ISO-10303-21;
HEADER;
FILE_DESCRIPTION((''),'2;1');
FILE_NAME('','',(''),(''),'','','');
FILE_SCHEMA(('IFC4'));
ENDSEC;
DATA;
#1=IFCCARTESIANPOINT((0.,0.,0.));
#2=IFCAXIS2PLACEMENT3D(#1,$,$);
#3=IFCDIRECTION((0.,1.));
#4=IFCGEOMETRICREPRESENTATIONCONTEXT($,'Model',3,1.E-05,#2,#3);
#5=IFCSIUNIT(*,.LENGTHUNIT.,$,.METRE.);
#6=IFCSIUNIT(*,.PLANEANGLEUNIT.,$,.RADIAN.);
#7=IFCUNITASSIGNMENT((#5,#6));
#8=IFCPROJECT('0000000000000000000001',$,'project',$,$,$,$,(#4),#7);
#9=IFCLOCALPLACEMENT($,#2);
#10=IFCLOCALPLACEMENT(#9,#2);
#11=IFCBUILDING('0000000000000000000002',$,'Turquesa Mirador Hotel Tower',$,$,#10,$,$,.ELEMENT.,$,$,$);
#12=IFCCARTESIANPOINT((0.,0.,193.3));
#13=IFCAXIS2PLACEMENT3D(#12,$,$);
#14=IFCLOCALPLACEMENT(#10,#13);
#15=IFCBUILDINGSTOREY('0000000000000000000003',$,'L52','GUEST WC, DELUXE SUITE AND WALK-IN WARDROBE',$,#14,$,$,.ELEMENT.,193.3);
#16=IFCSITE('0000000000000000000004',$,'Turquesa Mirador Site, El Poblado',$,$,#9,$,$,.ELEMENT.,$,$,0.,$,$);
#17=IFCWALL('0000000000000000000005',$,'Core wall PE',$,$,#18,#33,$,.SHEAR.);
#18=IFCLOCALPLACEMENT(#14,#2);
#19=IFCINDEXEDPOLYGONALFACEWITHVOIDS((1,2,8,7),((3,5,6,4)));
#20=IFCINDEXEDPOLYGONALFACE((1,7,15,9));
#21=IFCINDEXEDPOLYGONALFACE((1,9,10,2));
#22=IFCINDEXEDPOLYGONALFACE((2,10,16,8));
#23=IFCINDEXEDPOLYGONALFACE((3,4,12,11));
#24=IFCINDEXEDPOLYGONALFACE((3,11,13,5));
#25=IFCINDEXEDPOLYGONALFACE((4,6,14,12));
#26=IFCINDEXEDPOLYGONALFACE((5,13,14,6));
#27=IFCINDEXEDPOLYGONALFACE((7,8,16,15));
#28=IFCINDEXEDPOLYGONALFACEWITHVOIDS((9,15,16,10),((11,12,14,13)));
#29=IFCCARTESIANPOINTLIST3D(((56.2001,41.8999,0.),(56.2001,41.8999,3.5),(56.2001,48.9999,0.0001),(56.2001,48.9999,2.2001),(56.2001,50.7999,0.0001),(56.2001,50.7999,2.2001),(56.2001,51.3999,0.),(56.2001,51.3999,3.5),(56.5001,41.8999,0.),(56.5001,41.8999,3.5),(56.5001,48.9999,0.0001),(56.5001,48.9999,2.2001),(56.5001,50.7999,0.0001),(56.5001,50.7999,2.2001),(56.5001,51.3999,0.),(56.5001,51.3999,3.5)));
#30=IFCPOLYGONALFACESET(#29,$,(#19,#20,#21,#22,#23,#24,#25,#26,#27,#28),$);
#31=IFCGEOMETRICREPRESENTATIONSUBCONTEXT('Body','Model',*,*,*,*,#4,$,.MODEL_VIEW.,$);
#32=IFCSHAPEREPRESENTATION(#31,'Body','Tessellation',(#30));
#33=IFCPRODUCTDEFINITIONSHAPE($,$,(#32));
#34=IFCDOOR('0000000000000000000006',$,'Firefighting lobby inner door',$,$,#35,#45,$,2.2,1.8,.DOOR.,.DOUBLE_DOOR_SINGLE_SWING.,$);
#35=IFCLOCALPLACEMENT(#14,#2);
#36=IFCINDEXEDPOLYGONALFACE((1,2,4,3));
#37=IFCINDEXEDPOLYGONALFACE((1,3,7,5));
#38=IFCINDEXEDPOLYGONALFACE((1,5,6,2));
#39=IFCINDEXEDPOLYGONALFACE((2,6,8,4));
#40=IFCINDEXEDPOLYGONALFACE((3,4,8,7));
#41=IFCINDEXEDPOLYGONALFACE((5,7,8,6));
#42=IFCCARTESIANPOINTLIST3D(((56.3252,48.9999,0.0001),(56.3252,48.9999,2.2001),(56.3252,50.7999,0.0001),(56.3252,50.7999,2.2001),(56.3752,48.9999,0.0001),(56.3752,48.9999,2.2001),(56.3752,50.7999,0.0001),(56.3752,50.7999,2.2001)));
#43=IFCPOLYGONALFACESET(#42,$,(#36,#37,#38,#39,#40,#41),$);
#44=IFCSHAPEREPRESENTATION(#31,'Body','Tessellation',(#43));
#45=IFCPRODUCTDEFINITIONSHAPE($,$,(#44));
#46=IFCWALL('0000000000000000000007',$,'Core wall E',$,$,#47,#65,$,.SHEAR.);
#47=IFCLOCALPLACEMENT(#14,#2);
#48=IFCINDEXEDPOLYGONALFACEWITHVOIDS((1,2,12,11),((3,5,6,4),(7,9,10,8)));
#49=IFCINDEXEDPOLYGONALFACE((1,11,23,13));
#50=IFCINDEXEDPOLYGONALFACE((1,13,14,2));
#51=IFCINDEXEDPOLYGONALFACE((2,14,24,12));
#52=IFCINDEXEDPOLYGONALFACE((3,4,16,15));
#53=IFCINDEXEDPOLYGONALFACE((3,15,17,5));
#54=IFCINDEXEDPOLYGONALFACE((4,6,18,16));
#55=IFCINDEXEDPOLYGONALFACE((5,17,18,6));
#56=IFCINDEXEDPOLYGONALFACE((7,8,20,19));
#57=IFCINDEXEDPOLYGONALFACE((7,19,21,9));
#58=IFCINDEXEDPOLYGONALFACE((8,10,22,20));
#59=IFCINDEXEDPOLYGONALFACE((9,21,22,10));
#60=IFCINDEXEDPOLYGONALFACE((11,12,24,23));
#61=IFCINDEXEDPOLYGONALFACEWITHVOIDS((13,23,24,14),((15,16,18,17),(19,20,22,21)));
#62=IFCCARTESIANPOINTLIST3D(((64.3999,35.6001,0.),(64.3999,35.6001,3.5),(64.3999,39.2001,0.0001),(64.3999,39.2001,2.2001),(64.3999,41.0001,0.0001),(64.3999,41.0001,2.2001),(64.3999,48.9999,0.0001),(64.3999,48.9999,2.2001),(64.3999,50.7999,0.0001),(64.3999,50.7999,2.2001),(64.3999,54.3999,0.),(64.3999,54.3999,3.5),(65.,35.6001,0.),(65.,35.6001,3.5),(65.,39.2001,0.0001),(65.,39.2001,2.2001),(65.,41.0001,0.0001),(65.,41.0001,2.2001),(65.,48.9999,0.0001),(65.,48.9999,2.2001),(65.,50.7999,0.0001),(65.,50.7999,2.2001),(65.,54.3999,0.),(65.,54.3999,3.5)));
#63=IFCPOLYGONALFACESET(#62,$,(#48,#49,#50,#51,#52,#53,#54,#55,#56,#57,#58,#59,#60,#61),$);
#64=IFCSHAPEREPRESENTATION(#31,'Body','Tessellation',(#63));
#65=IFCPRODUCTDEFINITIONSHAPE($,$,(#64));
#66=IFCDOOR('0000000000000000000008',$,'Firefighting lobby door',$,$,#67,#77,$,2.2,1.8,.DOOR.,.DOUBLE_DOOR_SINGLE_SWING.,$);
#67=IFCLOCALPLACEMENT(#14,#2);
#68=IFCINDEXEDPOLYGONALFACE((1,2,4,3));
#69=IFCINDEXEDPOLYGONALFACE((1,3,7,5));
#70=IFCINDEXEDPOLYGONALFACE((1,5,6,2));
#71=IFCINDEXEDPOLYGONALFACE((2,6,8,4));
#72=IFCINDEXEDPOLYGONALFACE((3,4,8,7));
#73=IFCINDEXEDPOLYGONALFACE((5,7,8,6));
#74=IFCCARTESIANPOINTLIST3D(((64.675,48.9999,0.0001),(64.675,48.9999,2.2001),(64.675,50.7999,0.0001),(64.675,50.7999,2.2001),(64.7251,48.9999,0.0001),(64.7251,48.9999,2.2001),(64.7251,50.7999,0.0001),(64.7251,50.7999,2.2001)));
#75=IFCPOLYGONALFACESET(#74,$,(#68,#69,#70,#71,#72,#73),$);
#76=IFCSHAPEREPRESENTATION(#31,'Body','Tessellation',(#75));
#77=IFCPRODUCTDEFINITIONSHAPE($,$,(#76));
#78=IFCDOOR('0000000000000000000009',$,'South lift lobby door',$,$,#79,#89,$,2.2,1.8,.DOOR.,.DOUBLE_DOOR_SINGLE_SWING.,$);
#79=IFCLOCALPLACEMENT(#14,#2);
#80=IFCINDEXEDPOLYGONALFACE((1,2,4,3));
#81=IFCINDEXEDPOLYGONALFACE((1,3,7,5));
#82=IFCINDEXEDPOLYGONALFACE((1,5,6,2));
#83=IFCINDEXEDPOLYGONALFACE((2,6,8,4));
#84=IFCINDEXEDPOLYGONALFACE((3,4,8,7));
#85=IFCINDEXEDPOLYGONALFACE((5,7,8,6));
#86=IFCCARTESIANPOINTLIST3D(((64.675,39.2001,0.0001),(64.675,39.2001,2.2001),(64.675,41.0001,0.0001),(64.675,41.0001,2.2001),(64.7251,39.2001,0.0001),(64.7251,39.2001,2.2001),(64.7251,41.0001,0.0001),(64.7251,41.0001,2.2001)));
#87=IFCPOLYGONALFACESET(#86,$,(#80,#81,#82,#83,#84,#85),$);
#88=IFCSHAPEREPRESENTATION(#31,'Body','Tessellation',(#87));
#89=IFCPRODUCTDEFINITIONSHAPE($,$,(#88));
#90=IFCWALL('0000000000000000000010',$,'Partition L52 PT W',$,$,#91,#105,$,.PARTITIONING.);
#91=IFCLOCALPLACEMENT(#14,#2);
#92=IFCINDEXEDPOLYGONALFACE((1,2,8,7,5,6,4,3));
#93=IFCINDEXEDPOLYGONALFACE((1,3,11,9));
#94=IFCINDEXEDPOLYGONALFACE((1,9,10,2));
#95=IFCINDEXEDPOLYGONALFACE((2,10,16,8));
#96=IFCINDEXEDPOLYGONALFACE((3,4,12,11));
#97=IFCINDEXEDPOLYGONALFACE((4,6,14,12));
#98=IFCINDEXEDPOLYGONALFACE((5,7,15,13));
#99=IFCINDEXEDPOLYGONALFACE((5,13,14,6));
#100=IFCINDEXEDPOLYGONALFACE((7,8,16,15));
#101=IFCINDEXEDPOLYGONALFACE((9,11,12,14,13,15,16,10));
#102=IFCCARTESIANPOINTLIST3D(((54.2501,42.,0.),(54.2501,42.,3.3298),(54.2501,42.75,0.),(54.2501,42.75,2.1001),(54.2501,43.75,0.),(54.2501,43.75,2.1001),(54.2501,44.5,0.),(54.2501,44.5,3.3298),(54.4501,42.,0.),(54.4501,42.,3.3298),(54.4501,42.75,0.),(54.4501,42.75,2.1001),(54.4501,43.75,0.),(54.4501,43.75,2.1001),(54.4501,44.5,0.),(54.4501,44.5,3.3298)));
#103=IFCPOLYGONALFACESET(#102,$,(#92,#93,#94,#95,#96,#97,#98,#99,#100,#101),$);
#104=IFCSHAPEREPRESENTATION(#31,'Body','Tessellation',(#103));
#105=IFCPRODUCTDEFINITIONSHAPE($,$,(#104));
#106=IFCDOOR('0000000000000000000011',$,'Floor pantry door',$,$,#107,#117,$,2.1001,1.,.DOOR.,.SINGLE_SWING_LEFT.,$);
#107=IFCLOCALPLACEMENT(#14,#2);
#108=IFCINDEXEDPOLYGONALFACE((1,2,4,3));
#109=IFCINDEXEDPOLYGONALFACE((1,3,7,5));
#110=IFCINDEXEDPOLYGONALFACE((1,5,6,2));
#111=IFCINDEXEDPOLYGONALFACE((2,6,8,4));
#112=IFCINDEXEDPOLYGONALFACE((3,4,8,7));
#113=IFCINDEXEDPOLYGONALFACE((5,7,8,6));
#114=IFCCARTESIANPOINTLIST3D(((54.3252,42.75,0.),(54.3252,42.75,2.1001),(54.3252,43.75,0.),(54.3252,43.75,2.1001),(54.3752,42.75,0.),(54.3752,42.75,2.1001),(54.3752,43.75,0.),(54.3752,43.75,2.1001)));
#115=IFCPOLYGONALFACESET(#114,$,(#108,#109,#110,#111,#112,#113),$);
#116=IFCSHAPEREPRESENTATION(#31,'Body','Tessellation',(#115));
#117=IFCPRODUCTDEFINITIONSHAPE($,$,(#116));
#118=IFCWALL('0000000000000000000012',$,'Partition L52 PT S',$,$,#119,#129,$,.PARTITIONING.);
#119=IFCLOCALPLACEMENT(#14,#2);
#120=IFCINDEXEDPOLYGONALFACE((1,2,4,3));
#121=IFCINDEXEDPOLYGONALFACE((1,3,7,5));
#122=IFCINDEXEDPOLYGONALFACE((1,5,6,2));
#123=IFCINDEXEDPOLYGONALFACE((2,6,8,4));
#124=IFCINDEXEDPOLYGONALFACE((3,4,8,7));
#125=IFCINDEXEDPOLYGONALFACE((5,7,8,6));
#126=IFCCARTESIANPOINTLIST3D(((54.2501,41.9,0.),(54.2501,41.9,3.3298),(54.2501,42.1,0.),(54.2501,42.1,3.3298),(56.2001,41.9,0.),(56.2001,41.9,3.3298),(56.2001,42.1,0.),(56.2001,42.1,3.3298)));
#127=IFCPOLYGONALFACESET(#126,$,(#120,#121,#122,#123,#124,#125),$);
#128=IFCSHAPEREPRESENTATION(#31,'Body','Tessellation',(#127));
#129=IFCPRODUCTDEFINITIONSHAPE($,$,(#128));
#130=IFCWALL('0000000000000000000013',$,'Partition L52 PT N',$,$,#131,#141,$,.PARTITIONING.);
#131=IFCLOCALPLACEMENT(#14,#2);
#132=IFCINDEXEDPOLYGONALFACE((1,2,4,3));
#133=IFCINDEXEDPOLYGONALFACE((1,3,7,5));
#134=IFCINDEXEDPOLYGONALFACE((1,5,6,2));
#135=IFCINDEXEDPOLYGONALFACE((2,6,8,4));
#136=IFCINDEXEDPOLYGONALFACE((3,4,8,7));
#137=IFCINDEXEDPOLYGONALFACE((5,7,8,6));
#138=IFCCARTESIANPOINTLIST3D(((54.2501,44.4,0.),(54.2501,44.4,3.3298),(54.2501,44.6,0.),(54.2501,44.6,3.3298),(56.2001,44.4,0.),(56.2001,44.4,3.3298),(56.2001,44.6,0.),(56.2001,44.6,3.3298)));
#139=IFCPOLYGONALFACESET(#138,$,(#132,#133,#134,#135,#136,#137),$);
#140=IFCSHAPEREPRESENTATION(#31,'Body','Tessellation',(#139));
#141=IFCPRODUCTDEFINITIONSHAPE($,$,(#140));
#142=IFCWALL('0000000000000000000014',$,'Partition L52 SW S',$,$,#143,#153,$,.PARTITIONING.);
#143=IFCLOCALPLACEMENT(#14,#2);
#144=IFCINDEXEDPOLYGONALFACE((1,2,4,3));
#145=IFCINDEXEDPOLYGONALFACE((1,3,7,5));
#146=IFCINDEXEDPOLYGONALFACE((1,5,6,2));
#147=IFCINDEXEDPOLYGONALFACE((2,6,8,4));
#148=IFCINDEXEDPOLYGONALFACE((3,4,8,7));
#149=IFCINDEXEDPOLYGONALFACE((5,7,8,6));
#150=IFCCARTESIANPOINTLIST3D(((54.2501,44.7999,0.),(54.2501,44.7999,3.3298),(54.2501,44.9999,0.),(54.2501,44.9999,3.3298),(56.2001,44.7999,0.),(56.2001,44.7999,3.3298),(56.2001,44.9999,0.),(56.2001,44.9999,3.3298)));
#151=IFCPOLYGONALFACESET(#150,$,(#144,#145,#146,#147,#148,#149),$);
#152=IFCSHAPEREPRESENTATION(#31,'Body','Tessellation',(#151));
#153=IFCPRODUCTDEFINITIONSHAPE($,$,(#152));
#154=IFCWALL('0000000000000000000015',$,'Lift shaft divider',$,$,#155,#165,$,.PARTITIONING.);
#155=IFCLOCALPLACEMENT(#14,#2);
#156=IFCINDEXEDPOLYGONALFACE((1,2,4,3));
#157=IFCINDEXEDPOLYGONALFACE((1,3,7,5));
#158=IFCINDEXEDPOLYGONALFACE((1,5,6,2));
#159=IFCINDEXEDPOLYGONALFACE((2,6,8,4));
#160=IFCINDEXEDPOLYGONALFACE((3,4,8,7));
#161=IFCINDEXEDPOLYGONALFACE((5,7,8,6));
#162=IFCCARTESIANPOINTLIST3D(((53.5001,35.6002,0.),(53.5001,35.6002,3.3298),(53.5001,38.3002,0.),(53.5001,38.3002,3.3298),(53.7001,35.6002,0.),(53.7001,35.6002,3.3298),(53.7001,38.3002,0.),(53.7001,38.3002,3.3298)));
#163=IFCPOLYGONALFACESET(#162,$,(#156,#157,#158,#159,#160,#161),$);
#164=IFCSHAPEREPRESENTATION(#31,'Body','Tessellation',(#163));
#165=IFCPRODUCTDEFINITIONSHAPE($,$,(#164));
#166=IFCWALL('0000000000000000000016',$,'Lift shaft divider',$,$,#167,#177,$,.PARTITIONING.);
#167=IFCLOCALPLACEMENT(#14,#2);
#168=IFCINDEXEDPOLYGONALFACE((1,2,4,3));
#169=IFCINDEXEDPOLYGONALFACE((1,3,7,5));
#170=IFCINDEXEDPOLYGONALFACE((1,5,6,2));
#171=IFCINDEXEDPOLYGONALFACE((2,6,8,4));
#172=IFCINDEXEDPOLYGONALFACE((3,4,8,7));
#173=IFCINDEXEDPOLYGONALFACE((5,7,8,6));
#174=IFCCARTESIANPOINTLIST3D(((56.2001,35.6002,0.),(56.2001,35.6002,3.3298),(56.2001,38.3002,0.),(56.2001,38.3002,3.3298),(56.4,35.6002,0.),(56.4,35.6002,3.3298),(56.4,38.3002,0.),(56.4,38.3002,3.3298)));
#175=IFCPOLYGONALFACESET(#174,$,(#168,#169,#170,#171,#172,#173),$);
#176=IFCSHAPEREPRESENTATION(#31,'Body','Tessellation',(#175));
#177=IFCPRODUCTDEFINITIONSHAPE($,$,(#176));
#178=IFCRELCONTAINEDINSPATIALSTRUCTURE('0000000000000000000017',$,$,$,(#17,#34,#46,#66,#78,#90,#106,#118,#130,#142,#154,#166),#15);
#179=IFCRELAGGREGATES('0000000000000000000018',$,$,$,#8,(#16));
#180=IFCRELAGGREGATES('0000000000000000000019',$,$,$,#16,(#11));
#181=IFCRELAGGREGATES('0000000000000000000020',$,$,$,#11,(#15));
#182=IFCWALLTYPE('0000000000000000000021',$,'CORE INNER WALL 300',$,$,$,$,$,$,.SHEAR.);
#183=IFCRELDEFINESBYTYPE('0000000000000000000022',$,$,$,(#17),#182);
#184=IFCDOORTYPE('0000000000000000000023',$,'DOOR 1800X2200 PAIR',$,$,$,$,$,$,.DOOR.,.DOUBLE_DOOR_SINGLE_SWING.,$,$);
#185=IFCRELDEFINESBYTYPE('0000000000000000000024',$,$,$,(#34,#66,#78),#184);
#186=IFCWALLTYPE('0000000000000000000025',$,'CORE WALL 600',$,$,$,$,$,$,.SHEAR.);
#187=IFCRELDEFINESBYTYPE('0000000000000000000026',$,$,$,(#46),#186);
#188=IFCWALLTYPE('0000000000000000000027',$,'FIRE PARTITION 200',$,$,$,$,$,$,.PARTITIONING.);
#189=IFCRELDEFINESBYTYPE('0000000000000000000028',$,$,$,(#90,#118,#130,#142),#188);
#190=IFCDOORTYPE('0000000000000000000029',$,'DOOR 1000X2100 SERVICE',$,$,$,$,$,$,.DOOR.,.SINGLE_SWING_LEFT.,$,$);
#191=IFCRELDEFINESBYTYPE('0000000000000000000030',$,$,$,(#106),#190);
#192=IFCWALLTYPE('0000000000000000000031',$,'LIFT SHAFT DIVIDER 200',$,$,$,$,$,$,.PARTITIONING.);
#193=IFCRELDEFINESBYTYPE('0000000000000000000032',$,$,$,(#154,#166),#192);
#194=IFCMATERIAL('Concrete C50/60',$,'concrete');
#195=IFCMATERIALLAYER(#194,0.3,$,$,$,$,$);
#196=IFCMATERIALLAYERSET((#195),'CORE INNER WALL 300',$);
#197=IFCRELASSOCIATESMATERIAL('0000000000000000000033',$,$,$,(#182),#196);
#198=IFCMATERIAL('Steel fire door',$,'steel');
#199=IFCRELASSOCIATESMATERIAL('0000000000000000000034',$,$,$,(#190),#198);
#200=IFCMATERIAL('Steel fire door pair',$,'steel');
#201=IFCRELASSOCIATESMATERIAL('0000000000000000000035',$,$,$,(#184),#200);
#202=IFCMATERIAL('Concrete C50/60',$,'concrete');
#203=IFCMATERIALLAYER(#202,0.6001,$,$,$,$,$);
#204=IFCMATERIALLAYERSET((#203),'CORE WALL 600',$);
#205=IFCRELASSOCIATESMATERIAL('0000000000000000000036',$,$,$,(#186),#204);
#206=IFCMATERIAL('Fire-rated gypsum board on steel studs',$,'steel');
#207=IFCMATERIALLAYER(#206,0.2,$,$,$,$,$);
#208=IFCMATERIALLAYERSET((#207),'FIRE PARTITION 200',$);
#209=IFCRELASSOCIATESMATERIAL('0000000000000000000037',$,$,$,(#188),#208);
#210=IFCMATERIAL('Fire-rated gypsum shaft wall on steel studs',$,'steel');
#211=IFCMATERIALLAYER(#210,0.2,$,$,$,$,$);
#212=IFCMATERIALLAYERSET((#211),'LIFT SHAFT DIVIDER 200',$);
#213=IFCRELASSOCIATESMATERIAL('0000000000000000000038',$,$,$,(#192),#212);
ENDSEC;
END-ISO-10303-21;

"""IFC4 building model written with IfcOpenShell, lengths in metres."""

from ifc_helpers import new_model, si_unit, direction, frame, frame_2d, origin, place, context, subcontext, project, spatial, rectangle, extrude, material, layer, layer_set, type_object, element, fill, save


model = new_model("IFC4")

# Units and contexts
model_context = context("Model", 3, precision=1e-05, world=origin(), true_north=direction((0.0, 1.0)))
body_context = subcontext(model_context, "Body", "Model", "MODEL_VIEW")
ifc_project = project(units=[si_unit("LENGTHUNIT", "METRE"), si_unit("PLANEANGLEUNIT", "RADIAN")], contexts=[model_context])

# Site, building, storey
site_placement = place(None, origin())
site = spatial("IfcSite", under=ifc_project, at=site_placement, Name="Turquesa Mirador Site, El Poblado", CompositionType="ELEMENT", RefElevation=0.0)
building_placement = place(site_placement, origin())
building = spatial("IfcBuilding", under=site, at=building_placement, Name="Turquesa Mirador Hotel Tower", CompositionType="ELEMENT")
storey_placement = place(building_placement, frame((0.0, 0.0, 193.3)))
storey = spatial("IfcBuildingStorey", under=building, at=storey_placement, Name="L52", Description="GUEST WC, DELUXE SUITE AND WALK-IN WARDROBE", CompositionType="ELEMENT", Elevation=193.3)

# Wall, opening, door
ifc_material_1 = material(Name="Concrete C50/60", Category="concrete")
ifc_layer_1 = layer(ifc_material_1, 0.3)
ifc_layer_set_1 = layer_set([ifc_layer_1], Name="CORE INNER WALL 300")
wall_type_1 = type_object("IfcWallType", Name="CORE INNER WALL 300", PredefinedType="SHEAR", material=ifc_layer_set_1)
ifc_material_2 = material(Name="Steel fire door", Category="steel")
door_type_1 = type_object("IfcDoorType", Name="DOOR 1000X2100 SERVICE", OperationType="SINGLE_SWING_LEFT", PredefinedType="DOOR", material=ifc_material_2)
wall_1_placement = place(storey_placement, frame((56.3501, 41.8999, 0.0), z_axis=(0.0, 0.0, 1.0), x_axis=(0.0, 1.0, 0.0)))
wall_1 = element("IfcWall", 1, at=wall_1_placement, inside=storey, type_object=wall_type_1, Name="Core wall PE", PredefinedType="SHEAR", context=body_context, shape_type="SweptSolid", body=[
    extrude(rectangle(XDim=9.5, YDim=0.3, at=frame_2d((4.75, 0.0))), origin(), (0.0, 0.0, 1.0), 3.5),
])
opening_1_placement = place(wall_1_placement, frame((7.1001, 0.0, 0.0)))
opening_1 = element("IfcOpeningElement", 2, at=opening_1_placement, cuts=wall_1, PredefinedType="OPENING", context=body_context, shape_type="SweptSolid", body=[
    extrude(rectangle(XDim=1.8, YDim=2.2, at=frame_2d((0.8999, 1.1001))), frame((0.0, 0.1599, 0.0), z_axis=(0.0, -1.0, 0.0), x_axis=(1.0, 0.0, 0.0)), (0.0, 0.0, 1.0), 0.3201),
])
ifc_material_3 = material(Name="Steel fire door pair", Category="steel")
door_type_2 = type_object("IfcDoorType", Name="DOOR 1800X2200 PAIR", OperationType="DOUBLE_DOOR_SINGLE_SWING", PredefinedType="DOOR", material=ifc_material_3)
door_1_placement = place(opening_1_placement, origin())
door_1 = element("IfcDoor", 3, at=door_1_placement, inside=storey, type_object=door_type_2, Name="Firefighting lobby inner door", OperationType="DOUBLE_DOOR_SINGLE_SWING", OverallHeight=2.2, OverallWidth=1.8, PredefinedType="DOOR", context=body_context, shape_type="SweptSolid", body=[
    extrude(rectangle(XDim=1.8, YDim=2.2, at=frame_2d((0.8999, 1.1001))), frame((0.0, 0.0249, 0.0), z_axis=(0.0, -1.0, 0.0), x_axis=(1.0, 0.0, 0.0)), (0.0, 0.0, 1.0), 0.05),
])
fill(opening_1, door_1)

# Wall, openings, doors
ifc_material_4 = material(Name="Concrete C50/60", Category="concrete")
ifc_layer_2 = layer(ifc_material_4, 0.6001)
ifc_layer_set_2 = layer_set([ifc_layer_2], Name="CORE WALL 600")
wall_type_2 = type_object("IfcWallType", Name="CORE WALL 600", PredefinedType="SHEAR", material=ifc_layer_set_2)
wall_2_placement = place(storey_placement, frame((64.7, 35.6001, 0.0), z_axis=(0.0, 0.0, 1.0), x_axis=(0.0, 1.0, 0.0)))
wall_2 = element("IfcWall", 4, at=wall_2_placement, inside=storey, type_object=wall_type_2, Name="Core wall E", PredefinedType="SHEAR", context=body_context, shape_type="SweptSolid", body=[
    extrude(rectangle(XDim=18.7998, YDim=0.6001, at=frame_2d((9.3999, 0.0))), origin(), (0.0, 0.0, 1.0), 3.5),
])
opening_2_placement = place(wall_2_placement, frame((13.3999, 0.0, 0.0)))
opening_2 = element("IfcOpeningElement", 5, at=opening_2_placement, cuts=wall_2, PredefinedType="OPENING", context=body_context, shape_type="SweptSolid", body=[
    extrude(rectangle(XDim=1.8, YDim=2.2, at=frame_2d((0.8999, 1.1001))), frame((0.0, 0.3101, 0.0), z_axis=(0.0, -1.0, 0.0), x_axis=(1.0, 0.0, 0.0)), (0.0, 0.0, 1.0), 0.6201),
])
opening_3_placement = place(wall_2_placement, frame((3.6001, 0.0, 0.0)))
opening_3 = element("IfcOpeningElement", 6, at=opening_3_placement, cuts=wall_2, PredefinedType="OPENING", context=body_context, shape_type="SweptSolid", body=[
    extrude(rectangle(XDim=1.8, YDim=2.2, at=frame_2d((0.8999, 1.1001))), frame((0.0, 0.3101, 0.0), z_axis=(0.0, -1.0, 0.0), x_axis=(1.0, 0.0, 0.0)), (0.0, 0.0, 1.0), 0.6201),
])
door_2_placement = place(opening_2_placement, origin())
door_2 = element("IfcDoor", 7, at=door_2_placement, inside=storey, type_object=door_type_2, Name="Firefighting lobby door", OperationType="DOUBLE_DOOR_SINGLE_SWING", OverallHeight=2.2, OverallWidth=1.8, PredefinedType="DOOR", context=body_context, shape_type="SweptSolid", body=[
    extrude(rectangle(XDim=1.8, YDim=2.2, at=frame_2d((0.8999, 1.1001))), frame((0.0, 0.0249, 0.0), z_axis=(0.0, -1.0, 0.0), x_axis=(1.0, 0.0, 0.0)), (0.0, 0.0, 1.0), 0.05),
])
fill(opening_2, door_2)
door_3_placement = place(opening_3_placement, origin())
door_3 = element("IfcDoor", 8, at=door_3_placement, inside=storey, type_object=door_type_2, Name="South lift lobby door", OperationType="DOUBLE_DOOR_SINGLE_SWING", OverallHeight=2.2, OverallWidth=1.8, PredefinedType="DOOR", context=body_context, shape_type="SweptSolid", body=[
    extrude(rectangle(XDim=1.8, YDim=2.2, at=frame_2d((0.8999, 1.1001))), frame((0.0, 0.0249, 0.0), z_axis=(0.0, -1.0, 0.0), x_axis=(1.0, 0.0, 0.0)), (0.0, 0.0, 1.0), 0.05),
])
fill(opening_3, door_3)

# Wall, opening, door
ifc_material_5 = material(Name="Fire-rated gypsum board on steel studs", Category="steel")
ifc_layer_3 = layer(ifc_material_5, 0.2)
ifc_layer_set_3 = layer_set([ifc_layer_3], Name="FIRE PARTITION 200")
wall_type_3 = type_object("IfcWallType", Name="FIRE PARTITION 200", PredefinedType="PARTITIONING", material=ifc_layer_set_3)
wall_3_placement = place(storey_placement, frame((54.3501, 42.0, 0.0), z_axis=(0.0, 0.0, 1.0), x_axis=(0.0, 1.0, 0.0)))
wall_3 = element("IfcWall", 9, at=wall_3_placement, inside=storey, type_object=wall_type_3, Name="Partition L52 PT W", PredefinedType="PARTITIONING", context=body_context, shape_type="SweptSolid", body=[
    extrude(rectangle(XDim=2.5, YDim=0.2, at=frame_2d((1.25, 0.0))), origin(), (0.0, 0.0, 1.0), 3.3298),
])
opening_4_placement = place(wall_3_placement, frame((0.75, 0.0, 0.0)))
opening_4 = element("IfcOpeningElement", 10, at=opening_4_placement, cuts=wall_3, PredefinedType="OPENING", context=body_context, shape_type="SweptSolid", body=[
    extrude(rectangle(XDim=1.0, YDim=2.1001, at=frame_2d((0.5, 1.05))), frame((0.0, 0.1099, 0.0), z_axis=(0.0, -1.0, 0.0), x_axis=(1.0, 0.0, 0.0)), (0.0, 0.0, 1.0), 0.22),
])
door_4_placement = place(opening_4_placement, origin())
door_4 = element("IfcDoor", 11, at=door_4_placement, inside=storey, type_object=door_type_1, Name="Floor pantry door", OperationType="SINGLE_SWING_LEFT", OverallHeight=2.1001, OverallWidth=1.0, PredefinedType="DOOR", context=body_context, shape_type="SweptSolid", body=[
    extrude(rectangle(XDim=1.0, YDim=2.1001, at=frame_2d((0.5, 1.05))), frame((0.0, 0.0249, 0.0), z_axis=(0.0, -1.0, 0.0), x_axis=(1.0, 0.0, 0.0)), (0.0, 0.0, 1.0), 0.05),
])
fill(opening_4, door_4)

# Walls
for number, where, z_axis, x_axis, name in (
    (12, (54.25, 42.0, 0.0), (0.0, 0.0, 1.0), (1.0, 0.0, 0.0), "Partition L52 PT S"),
    (13, (54.25, 44.5, 0.0), (0.0, 0.0, 1.0), (1.0, 0.0, 0.0), "Partition L52 PT N"),
    (14, (54.25, 44.8999, 0.0), (0.0, 0.0, 1.0), (1.0, 0.0, 0.0), "Partition L52 SW S"),
):
    element("IfcWall", number, at=place(storey_placement, frame(where, z_axis=z_axis, x_axis=x_axis)), inside=storey, type_object=wall_type_3, Name=name, PredefinedType="PARTITIONING", context=body_context, shape_type="SweptSolid", body=[
        extrude(rectangle(XDim=1.95, YDim=0.2, at=frame_2d((0.9751, 0.0))), origin(), (0.0, 0.0, 1.0), 3.3298),
    ])
ifc_material_6 = material(Name="Fire-rated gypsum shaft wall on steel studs", Category="steel")
ifc_layer_4 = layer(ifc_material_6, 0.2)
ifc_layer_set_4 = layer_set([ifc_layer_4], Name="LIFT SHAFT DIVIDER 200")
wall_type_4 = type_object("IfcWallType", Name="LIFT SHAFT DIVIDER 200", PredefinedType="PARTITIONING", material=ifc_layer_set_4)
for number, where, z_axis, x_axis, name in (
    (15, (53.6001, 35.6001, 0.0), (0.0, 0.0, 1.0), (0.0, 1.0, 0.0), "Lift shaft divider"),
    (16, (56.3, 35.6001, 0.0), (0.0, 0.0, 1.0), (0.0, 1.0, 0.0), "Lift shaft divider"),
):
    element("IfcWall", number, at=place(storey_placement, frame(where, z_axis=z_axis, x_axis=x_axis)), inside=storey, type_object=wall_type_4, Name=name, PredefinedType="PARTITIONING", context=body_context, shape_type="SweptSolid", body=[
        extrude(rectangle(XDim=2.7, YDim=0.2, at=frame_2d((1.3501, 0.0))), origin(), (0.0, 0.0, 1.0), 3.3298),
    ])

save(model, "model.ifc")
